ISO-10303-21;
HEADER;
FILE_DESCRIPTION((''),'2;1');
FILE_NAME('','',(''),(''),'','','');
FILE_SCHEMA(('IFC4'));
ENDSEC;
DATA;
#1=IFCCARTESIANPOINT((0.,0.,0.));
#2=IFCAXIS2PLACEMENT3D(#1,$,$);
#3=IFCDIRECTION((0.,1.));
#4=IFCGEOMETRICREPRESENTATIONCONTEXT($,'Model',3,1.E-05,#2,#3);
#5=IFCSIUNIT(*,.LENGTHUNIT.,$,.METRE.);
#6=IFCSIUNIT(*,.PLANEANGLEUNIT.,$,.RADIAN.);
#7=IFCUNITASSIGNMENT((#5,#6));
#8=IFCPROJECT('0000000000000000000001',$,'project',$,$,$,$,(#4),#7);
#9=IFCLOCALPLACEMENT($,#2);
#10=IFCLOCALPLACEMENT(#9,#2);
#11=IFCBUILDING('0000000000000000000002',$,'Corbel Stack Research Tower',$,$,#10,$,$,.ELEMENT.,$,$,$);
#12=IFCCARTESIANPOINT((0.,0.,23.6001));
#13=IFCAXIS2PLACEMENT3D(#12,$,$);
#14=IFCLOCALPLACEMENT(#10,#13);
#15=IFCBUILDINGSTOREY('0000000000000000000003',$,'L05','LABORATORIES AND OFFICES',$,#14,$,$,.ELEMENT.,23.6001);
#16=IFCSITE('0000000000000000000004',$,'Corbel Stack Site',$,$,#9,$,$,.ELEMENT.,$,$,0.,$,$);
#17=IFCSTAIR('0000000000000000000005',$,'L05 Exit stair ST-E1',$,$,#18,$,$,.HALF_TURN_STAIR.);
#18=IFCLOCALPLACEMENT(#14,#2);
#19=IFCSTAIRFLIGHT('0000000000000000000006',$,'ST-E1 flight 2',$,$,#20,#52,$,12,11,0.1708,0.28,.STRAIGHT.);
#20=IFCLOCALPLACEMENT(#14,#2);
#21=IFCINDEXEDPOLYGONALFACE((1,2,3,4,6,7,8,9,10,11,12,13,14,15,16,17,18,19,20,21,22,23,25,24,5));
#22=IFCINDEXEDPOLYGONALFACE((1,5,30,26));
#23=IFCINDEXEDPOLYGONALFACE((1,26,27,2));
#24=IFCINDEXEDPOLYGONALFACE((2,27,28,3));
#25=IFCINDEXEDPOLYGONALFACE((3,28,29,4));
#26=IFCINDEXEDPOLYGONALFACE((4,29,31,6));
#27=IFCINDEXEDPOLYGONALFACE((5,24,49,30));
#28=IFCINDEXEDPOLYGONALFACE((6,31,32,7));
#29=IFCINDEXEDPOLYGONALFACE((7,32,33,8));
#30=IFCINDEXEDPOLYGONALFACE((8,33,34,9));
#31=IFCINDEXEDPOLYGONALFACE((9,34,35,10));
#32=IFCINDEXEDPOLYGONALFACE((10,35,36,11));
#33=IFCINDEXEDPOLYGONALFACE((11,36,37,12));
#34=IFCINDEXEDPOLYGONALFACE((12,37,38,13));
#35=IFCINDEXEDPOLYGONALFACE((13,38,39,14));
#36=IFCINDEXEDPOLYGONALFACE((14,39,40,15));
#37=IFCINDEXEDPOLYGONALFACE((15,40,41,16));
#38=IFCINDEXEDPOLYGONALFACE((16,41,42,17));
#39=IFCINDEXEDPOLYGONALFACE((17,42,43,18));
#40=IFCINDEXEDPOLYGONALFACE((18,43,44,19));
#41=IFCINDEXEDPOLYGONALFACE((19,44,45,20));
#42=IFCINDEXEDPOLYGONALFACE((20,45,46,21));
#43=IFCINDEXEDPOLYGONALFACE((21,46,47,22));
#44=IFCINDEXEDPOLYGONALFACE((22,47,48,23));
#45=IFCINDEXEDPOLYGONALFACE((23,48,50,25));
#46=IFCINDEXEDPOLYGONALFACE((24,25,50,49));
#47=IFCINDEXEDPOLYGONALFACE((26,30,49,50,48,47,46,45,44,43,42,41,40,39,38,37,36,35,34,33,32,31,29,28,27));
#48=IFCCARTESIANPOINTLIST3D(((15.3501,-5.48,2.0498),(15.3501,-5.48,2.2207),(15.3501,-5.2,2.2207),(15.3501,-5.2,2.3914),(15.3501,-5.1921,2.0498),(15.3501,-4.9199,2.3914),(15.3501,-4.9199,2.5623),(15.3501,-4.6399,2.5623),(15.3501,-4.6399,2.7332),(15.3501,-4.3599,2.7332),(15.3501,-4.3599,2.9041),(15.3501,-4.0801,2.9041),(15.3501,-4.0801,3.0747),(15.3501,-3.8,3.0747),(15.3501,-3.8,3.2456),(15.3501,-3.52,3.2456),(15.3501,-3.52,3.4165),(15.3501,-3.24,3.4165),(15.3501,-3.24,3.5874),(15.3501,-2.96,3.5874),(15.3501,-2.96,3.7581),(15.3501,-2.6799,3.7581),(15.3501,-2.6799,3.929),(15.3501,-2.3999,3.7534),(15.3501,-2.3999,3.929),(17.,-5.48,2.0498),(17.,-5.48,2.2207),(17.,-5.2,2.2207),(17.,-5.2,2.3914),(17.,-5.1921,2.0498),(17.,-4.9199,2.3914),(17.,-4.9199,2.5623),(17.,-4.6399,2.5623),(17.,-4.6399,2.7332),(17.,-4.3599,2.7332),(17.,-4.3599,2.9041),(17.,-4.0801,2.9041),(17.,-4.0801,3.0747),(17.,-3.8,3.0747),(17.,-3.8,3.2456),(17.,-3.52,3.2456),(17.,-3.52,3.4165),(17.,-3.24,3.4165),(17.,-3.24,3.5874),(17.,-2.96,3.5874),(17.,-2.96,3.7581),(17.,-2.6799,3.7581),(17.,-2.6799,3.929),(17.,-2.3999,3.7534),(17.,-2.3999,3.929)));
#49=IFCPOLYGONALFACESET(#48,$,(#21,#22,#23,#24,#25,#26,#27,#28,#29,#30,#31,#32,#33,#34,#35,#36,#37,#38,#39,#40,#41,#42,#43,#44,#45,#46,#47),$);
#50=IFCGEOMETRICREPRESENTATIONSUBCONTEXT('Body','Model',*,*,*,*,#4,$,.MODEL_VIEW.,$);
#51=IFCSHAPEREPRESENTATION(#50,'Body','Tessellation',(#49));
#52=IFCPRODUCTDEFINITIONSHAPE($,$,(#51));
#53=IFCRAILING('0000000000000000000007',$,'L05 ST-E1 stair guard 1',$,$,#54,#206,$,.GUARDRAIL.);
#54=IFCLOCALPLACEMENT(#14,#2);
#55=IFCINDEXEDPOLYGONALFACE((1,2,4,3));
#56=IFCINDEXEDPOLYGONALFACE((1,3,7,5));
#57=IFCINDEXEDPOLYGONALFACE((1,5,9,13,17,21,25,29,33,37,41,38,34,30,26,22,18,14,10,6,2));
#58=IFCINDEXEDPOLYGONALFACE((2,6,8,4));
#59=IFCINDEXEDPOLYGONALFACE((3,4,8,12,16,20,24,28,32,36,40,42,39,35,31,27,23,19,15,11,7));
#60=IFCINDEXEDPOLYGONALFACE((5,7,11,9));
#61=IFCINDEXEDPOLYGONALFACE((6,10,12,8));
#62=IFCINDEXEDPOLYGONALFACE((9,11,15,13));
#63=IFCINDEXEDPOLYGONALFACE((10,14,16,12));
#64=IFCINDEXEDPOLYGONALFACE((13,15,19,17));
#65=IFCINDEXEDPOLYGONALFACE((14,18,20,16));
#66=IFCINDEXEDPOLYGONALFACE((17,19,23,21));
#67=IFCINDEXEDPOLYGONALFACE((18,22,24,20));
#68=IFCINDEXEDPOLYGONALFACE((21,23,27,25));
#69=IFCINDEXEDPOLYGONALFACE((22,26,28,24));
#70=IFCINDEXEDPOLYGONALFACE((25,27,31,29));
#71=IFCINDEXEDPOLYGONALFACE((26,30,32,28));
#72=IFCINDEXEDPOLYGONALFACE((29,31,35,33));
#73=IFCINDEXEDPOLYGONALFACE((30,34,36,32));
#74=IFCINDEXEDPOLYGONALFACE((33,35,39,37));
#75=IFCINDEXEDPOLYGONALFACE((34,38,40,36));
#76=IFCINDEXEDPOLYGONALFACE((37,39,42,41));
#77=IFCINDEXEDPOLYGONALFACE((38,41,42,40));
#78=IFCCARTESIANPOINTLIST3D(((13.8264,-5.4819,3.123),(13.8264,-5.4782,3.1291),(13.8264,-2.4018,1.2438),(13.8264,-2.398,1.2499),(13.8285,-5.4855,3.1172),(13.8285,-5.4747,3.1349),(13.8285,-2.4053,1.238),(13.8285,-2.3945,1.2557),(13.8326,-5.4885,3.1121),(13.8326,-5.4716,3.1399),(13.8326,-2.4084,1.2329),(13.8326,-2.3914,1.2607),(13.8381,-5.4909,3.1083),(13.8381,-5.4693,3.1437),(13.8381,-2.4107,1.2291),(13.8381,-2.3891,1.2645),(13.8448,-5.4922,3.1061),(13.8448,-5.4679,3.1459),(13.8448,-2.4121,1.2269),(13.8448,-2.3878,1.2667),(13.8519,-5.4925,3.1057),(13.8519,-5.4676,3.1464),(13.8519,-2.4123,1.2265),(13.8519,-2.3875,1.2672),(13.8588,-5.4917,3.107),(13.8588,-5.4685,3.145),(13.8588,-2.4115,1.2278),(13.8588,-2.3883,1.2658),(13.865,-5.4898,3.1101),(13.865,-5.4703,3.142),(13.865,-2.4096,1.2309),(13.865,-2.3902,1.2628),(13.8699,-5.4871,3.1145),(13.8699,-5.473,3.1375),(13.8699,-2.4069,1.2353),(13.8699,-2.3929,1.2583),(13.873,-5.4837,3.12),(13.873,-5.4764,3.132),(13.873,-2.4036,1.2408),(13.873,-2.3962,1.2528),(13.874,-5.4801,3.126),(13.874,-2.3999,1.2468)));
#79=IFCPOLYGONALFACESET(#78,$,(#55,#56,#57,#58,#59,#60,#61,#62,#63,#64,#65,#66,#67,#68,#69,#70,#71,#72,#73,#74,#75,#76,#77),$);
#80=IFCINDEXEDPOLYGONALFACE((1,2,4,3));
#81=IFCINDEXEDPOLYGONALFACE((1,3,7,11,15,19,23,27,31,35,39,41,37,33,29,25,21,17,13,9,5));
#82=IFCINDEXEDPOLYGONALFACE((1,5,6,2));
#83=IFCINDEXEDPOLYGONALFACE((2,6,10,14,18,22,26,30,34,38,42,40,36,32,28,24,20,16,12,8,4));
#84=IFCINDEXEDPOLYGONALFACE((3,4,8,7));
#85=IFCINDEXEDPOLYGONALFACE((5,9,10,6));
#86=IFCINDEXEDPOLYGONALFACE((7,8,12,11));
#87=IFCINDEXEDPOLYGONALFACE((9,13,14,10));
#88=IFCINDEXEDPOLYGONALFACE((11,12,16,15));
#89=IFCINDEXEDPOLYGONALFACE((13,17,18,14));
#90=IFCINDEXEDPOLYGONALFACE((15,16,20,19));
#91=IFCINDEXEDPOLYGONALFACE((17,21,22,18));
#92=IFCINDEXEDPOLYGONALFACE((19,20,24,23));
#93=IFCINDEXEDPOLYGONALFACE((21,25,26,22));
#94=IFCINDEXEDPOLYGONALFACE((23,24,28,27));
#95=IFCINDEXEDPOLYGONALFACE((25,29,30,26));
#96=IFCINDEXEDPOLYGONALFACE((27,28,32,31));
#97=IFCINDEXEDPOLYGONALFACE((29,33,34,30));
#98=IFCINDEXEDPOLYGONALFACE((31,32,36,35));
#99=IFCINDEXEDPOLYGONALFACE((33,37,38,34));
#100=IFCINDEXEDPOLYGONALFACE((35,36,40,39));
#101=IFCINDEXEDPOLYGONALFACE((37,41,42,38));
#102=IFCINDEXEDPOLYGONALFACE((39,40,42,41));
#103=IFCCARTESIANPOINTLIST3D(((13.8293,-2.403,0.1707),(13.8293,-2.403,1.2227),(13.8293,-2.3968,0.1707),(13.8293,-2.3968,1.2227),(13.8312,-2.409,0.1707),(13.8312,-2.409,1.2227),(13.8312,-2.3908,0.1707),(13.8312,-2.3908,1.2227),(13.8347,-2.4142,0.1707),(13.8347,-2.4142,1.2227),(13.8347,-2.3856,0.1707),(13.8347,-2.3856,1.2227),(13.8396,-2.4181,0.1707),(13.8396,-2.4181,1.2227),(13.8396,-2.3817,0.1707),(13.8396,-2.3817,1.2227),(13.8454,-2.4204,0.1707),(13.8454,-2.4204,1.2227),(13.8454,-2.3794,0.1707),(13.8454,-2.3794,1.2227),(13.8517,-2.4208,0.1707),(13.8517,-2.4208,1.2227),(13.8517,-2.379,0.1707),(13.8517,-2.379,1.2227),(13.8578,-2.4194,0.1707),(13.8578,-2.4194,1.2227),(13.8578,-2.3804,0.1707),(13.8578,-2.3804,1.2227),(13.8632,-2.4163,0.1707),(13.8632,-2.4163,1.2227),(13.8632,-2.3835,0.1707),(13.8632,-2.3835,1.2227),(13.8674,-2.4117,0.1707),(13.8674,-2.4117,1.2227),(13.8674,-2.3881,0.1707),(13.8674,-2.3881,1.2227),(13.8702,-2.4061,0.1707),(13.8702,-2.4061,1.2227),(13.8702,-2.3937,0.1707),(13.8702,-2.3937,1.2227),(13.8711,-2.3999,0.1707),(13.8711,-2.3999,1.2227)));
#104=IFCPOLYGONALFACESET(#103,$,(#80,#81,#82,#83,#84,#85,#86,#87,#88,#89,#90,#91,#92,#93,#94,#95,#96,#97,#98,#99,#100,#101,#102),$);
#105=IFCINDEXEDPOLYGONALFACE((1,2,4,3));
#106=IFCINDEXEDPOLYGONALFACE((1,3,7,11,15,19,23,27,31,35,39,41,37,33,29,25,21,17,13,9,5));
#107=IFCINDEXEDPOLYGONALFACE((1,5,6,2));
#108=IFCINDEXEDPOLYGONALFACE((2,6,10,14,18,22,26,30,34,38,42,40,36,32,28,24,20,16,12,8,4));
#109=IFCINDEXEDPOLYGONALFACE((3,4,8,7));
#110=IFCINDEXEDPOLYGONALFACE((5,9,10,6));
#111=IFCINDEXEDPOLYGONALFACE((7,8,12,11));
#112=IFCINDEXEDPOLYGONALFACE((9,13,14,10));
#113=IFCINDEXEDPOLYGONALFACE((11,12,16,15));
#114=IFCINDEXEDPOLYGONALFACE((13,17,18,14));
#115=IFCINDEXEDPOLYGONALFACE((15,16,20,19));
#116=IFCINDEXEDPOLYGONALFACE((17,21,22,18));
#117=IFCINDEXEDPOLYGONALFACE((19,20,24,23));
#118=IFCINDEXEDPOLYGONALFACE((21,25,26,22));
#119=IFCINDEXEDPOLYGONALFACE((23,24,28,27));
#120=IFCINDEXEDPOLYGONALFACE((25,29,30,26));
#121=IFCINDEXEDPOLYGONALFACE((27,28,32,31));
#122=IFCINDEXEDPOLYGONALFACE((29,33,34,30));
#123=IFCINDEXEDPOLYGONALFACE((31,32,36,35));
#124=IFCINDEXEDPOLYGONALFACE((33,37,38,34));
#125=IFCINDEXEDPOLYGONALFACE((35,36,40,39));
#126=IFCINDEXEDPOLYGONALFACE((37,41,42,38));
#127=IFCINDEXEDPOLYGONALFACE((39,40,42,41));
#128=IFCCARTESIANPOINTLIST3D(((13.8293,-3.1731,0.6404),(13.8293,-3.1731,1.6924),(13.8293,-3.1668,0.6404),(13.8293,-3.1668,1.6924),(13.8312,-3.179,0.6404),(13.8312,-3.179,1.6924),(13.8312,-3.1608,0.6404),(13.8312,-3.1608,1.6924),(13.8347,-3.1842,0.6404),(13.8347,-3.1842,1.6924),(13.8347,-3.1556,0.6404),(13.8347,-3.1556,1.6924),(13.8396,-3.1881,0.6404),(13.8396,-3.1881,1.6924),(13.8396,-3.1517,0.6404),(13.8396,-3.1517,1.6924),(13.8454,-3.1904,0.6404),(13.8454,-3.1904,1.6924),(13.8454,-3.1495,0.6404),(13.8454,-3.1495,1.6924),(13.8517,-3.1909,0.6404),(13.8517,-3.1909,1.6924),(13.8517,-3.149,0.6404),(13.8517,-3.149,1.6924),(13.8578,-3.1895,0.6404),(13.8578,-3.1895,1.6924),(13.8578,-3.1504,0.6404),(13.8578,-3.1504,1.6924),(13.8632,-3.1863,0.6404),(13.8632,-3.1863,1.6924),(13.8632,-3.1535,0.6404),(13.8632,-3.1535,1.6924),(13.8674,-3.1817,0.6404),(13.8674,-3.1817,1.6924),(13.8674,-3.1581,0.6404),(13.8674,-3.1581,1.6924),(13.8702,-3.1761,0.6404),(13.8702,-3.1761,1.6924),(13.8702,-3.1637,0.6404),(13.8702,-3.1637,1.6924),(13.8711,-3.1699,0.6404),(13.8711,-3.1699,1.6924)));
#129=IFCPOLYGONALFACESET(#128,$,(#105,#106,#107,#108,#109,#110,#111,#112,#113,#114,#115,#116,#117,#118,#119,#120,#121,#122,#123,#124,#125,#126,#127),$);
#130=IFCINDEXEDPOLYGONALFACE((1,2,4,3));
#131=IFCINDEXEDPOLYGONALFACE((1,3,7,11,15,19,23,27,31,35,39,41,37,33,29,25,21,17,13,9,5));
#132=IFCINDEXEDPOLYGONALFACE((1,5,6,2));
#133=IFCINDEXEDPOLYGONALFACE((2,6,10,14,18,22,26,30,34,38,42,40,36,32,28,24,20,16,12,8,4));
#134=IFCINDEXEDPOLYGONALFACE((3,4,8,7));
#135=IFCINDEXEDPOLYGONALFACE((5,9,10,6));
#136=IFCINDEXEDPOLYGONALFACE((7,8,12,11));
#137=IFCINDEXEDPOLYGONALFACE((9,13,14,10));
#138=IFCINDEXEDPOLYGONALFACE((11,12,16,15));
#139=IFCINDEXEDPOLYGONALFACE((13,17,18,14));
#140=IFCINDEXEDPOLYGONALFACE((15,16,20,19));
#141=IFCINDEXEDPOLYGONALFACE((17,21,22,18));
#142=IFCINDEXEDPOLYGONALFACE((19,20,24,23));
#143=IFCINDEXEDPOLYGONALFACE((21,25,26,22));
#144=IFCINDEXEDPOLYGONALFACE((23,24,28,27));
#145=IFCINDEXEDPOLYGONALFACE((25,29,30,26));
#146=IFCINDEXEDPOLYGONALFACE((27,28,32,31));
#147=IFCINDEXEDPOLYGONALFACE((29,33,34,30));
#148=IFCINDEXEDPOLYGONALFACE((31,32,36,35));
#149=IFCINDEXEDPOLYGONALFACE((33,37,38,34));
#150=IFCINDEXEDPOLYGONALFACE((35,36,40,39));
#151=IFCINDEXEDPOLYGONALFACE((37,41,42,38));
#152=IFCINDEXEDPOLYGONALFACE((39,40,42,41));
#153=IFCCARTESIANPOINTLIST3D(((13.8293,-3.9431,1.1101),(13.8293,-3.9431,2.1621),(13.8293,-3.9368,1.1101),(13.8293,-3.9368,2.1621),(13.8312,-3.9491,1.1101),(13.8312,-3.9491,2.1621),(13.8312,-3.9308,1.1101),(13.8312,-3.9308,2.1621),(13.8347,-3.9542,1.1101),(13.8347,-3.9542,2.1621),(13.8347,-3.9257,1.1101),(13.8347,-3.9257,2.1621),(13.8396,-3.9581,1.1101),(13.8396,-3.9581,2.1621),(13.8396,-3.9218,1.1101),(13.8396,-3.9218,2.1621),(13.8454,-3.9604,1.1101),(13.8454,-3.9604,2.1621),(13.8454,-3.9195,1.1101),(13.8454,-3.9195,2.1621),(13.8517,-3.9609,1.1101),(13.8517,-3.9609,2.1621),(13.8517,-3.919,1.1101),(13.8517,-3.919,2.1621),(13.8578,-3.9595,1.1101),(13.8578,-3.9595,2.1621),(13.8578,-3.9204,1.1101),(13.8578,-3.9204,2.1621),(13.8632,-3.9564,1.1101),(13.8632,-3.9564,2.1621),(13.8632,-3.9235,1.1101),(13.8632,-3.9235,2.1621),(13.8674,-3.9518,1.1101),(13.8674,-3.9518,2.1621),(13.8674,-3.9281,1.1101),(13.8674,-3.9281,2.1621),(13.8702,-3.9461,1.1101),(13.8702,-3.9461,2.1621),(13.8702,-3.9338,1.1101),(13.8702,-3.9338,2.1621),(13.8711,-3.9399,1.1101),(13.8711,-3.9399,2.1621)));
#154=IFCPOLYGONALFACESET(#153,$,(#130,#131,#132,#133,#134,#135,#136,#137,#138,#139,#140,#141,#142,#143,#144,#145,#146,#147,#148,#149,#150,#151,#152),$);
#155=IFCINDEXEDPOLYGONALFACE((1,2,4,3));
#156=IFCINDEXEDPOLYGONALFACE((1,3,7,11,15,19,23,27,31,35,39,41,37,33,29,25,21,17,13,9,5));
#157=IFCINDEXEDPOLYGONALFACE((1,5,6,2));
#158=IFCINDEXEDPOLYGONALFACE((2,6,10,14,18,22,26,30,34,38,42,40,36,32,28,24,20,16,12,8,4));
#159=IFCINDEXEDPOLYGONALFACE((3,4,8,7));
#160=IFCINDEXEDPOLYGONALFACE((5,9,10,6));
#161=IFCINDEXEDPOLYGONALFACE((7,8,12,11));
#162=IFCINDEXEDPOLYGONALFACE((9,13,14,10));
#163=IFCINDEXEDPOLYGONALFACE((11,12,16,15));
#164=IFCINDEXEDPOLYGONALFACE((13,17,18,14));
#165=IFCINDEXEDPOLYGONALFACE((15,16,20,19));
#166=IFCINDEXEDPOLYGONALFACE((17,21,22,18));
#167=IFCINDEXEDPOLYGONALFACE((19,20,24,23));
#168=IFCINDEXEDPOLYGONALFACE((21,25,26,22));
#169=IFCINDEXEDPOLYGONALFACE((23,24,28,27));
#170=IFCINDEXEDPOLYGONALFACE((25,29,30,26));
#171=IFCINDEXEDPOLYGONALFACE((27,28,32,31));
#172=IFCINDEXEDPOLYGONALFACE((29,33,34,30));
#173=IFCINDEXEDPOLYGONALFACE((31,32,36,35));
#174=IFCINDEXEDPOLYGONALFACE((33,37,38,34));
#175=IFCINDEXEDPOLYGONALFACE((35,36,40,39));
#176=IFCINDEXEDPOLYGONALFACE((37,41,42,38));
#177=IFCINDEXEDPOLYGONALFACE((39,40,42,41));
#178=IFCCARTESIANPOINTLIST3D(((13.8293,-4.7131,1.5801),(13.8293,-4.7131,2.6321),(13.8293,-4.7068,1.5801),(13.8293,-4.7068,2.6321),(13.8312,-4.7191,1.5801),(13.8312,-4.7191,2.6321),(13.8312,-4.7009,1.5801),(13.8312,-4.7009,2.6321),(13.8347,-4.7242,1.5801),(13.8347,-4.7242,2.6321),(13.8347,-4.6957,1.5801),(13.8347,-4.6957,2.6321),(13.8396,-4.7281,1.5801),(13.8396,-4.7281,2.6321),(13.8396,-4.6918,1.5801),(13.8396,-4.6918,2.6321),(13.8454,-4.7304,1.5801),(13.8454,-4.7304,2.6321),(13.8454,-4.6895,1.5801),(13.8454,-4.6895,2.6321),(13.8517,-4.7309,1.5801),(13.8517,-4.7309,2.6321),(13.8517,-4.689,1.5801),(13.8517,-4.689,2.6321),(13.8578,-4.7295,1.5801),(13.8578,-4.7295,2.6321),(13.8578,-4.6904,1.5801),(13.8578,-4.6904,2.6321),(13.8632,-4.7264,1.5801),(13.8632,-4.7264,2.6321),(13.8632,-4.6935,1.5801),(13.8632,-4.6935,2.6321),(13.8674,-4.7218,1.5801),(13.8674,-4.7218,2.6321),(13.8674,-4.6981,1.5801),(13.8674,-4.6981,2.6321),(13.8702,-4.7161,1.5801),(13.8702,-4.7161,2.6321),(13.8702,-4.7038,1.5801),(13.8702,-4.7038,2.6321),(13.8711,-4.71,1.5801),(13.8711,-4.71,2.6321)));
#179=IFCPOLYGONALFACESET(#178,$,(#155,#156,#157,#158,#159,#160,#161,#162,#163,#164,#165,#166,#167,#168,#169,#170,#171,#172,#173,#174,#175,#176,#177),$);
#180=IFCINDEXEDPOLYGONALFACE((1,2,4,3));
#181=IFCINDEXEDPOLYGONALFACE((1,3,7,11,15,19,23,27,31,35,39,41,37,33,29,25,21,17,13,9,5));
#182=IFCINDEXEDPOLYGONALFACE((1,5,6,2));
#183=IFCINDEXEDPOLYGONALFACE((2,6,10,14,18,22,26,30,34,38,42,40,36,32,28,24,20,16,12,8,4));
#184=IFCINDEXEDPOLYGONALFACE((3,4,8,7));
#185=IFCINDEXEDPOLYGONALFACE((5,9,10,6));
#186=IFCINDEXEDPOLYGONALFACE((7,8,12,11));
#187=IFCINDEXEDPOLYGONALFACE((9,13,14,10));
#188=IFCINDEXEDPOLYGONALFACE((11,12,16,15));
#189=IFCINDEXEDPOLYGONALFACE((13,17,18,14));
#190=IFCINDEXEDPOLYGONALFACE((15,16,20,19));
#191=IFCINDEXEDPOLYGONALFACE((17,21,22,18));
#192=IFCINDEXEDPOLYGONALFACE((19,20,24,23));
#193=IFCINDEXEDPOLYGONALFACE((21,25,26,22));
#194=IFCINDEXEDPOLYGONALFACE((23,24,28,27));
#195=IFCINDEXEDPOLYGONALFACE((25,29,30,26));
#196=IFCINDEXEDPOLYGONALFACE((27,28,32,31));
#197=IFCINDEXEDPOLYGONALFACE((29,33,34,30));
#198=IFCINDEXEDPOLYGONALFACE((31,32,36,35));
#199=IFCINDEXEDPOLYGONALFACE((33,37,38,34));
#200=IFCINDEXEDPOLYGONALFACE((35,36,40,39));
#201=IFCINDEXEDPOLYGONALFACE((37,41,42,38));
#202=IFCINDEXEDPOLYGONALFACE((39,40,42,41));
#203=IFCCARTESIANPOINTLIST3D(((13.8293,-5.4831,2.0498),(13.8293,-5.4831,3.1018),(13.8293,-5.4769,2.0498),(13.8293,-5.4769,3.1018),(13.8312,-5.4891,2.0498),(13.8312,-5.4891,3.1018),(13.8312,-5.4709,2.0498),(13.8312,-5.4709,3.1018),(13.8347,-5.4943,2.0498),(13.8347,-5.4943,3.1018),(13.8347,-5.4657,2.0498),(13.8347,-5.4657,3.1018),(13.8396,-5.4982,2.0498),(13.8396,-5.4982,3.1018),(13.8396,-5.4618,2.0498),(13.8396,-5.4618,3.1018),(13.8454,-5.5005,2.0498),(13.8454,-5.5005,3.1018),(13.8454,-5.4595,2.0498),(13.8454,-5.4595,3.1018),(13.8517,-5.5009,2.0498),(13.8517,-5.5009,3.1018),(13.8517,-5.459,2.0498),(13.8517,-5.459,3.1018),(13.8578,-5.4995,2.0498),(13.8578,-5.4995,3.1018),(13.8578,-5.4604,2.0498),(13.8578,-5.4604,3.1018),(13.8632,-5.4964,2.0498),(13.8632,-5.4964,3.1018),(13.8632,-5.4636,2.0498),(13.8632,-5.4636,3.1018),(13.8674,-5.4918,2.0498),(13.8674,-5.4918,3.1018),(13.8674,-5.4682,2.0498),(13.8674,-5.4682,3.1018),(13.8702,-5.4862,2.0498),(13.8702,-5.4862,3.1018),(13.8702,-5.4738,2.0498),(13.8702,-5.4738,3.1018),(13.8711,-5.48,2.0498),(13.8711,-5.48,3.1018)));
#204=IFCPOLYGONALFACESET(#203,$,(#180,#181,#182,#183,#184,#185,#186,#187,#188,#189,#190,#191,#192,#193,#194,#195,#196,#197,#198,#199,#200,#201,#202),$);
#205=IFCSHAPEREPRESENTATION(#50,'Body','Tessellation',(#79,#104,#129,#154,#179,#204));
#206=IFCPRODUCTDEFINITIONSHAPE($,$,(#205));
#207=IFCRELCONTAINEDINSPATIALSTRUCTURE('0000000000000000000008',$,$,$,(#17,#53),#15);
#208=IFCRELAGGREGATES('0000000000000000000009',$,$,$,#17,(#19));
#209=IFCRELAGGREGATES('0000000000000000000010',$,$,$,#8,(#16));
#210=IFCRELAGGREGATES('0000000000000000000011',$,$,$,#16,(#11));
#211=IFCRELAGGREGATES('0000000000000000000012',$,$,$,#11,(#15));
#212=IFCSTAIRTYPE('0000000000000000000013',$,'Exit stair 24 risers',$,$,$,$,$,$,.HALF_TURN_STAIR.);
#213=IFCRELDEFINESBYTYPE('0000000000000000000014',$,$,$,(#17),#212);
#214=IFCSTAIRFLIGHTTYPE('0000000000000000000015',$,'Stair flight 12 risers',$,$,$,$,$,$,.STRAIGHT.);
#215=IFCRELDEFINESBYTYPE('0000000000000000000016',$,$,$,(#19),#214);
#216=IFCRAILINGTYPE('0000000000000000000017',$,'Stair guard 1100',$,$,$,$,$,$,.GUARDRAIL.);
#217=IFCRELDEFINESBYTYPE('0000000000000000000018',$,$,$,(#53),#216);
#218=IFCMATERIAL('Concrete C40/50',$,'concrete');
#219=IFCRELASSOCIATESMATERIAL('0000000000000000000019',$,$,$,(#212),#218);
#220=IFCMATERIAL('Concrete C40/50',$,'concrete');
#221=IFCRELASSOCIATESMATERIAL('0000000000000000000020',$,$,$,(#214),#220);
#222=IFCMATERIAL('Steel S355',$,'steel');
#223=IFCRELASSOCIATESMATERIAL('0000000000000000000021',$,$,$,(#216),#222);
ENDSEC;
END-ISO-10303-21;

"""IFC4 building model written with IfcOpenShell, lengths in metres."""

from ifc_helpers import new_model, si_unit, direction, frame, origin, origin_2d, place, context, subcontext, project, spatial, polyline, circle, outline, extrude, material, type_object, element, aggregate, save


model = new_model("IFC4")

# Units and contexts
model_context = context("Model", 3, precision=1e-05, world=origin(), true_north=direction((0.0, 1.0)))
body_context = subcontext(model_context, "Body", "Model", "MODEL_VIEW")
ifc_project = project(units=[si_unit("LENGTHUNIT", "METRE"), si_unit("PLANEANGLEUNIT", "RADIAN")], contexts=[model_context])

# Site, building, storey
site_placement = place(None, origin())
site = spatial("IfcSite", under=ifc_project, at=site_placement, Name="Corbel Stack Site", CompositionType="ELEMENT", RefElevation=0.0)
building_placement = place(site_placement, origin())
building = spatial("IfcBuilding", under=site, at=building_placement, Name="Corbel Stack Research Tower", CompositionType="ELEMENT")
storey_placement = place(building_placement, frame((0.0, 0.0, 23.6001)))
storey = spatial("IfcBuildingStorey", under=building, at=storey_placement, Name="L05", Description="LABORATORIES AND OFFICES", CompositionType="ELEMENT", Elevation=23.6001)

# Shared definitions
ifc_material_1 = material(Name="Concrete C40/50", Category="concrete")
stair_type = type_object("IfcStairType", Name="Exit stair 24 risers", PredefinedType="HALF_TURN_STAIR", material=ifc_material_1)

# Stair, stair flight
stair_1_placement = place(storey_placement, origin())
stair_1 = element("IfcStair", 1, at=stair_1_placement, inside=storey, type_object=stair_type, Name="L05 Exit stair ST-E1", PredefinedType="HALF_TURN_STAIR")
ifc_material_2 = material(Name="Concrete C40/50", Category="concrete")
stair_flight_type = type_object("IfcStairFlightType", Name="Stair flight 12 risers", PredefinedType="STRAIGHT", material=ifc_material_2)
stair_flight_1_placement = place(storey_placement, frame((16.175, -5.48, 2.0498), z_axis=(0.0, 0.0, 1.0), x_axis=(0.0, 1.0, 0.0)))
stair_flight_1 = element("IfcStairFlight", 2, at=stair_flight_1_placement, type_object=stair_flight_type, Name="ST-E1 flight 2", NumberOfRisers=12, NumberOfTreads=11, PredefinedType="STRAIGHT", RiserHeight=0.1708, TreadLength=0.28, context=body_context, shape_type="SweptSolid", body=[
    extrude(outline(polyline([(0.0, 0.0), (0.0, 0.1709), (0.28, 0.1709), (0.28, 0.3416), (0.5601, 0.3416), (0.5601, 0.5125), (0.8401, 0.5125), (0.8401, 0.6833), (1.1201, 0.6833), (1.1201, 0.8542), (1.3999, 0.8542), (1.3999, 1.0249), (1.6799, 1.0249), (1.6799, 1.1958), (1.96, 1.1958), (1.96, 1.3667), (2.24, 1.3667), (2.24, 1.5376), (2.52, 1.5376), (2.52, 1.7083), (2.8, 1.7083), (2.8, 1.8792), (3.0801, 1.8792), (3.0801, 2.05), (3.0801, 1.7036), (0.2878, 0.0), (0.0, 0.0)])), frame((0.0, 0.825, 0.0), z_axis=(0.0, -1.0, 0.0), x_axis=(1.0, 0.0, 0.0)), (0.0, 0.0, 1.0), 1.6499),
])
aggregate(stair_1, [stair_flight_1])

# Railing
ifc_material_3 = material(Name="Steel S355", Category="steel")
railing_type_1 = type_object("IfcRailingType", Name="Stair guard 1100", PredefinedType="GUARDRAIL", material=ifc_material_3)
railing_1_placement = place(storey_placement, frame((13.8501, -2.3999, 0.1707)))
element("IfcRailing", 3, at=railing_1_placement, inside=storey, type_object=railing_type_1, Name="L05 ST-E1 stair guard 1", PredefinedType="GUARDRAIL", context=body_context, shape_type="SweptSolid", body=[
    extrude(circle(Radius=0.0239, at=origin_2d()), frame((0.0, 0.0, 1.0762), z_axis=(0.0, -0.853666, 0.52082), x_axis=(1.0, 0.0, 0.0)), (0.0, 0.0, 1.0), 3.6082),
    extrude(circle(Radius=0.021, at=origin_2d()), origin(), (0.0, 0.0, 1.0), 1.052),
    extrude(circle(Radius=0.021, at=origin_2d()), frame((0.0, -0.77, 0.4697)), (0.0, 0.0, 1.0), 1.052),
    extrude(circle(Radius=0.021, at=origin_2d()), frame((0.0, -1.54, 0.9395)), (0.0, 0.0, 1.0), 1.052),
    extrude(circle(Radius=0.021, at=origin_2d()), frame((0.0, -2.3101, 1.4094)), (0.0, 0.0, 1.0), 1.052),
    extrude(circle(Radius=0.021, at=origin_2d()), frame((0.0, -3.0801, 1.8792)), (0.0, 0.0, 1.0), 1.052),
])

save(model, "model.ifc")
